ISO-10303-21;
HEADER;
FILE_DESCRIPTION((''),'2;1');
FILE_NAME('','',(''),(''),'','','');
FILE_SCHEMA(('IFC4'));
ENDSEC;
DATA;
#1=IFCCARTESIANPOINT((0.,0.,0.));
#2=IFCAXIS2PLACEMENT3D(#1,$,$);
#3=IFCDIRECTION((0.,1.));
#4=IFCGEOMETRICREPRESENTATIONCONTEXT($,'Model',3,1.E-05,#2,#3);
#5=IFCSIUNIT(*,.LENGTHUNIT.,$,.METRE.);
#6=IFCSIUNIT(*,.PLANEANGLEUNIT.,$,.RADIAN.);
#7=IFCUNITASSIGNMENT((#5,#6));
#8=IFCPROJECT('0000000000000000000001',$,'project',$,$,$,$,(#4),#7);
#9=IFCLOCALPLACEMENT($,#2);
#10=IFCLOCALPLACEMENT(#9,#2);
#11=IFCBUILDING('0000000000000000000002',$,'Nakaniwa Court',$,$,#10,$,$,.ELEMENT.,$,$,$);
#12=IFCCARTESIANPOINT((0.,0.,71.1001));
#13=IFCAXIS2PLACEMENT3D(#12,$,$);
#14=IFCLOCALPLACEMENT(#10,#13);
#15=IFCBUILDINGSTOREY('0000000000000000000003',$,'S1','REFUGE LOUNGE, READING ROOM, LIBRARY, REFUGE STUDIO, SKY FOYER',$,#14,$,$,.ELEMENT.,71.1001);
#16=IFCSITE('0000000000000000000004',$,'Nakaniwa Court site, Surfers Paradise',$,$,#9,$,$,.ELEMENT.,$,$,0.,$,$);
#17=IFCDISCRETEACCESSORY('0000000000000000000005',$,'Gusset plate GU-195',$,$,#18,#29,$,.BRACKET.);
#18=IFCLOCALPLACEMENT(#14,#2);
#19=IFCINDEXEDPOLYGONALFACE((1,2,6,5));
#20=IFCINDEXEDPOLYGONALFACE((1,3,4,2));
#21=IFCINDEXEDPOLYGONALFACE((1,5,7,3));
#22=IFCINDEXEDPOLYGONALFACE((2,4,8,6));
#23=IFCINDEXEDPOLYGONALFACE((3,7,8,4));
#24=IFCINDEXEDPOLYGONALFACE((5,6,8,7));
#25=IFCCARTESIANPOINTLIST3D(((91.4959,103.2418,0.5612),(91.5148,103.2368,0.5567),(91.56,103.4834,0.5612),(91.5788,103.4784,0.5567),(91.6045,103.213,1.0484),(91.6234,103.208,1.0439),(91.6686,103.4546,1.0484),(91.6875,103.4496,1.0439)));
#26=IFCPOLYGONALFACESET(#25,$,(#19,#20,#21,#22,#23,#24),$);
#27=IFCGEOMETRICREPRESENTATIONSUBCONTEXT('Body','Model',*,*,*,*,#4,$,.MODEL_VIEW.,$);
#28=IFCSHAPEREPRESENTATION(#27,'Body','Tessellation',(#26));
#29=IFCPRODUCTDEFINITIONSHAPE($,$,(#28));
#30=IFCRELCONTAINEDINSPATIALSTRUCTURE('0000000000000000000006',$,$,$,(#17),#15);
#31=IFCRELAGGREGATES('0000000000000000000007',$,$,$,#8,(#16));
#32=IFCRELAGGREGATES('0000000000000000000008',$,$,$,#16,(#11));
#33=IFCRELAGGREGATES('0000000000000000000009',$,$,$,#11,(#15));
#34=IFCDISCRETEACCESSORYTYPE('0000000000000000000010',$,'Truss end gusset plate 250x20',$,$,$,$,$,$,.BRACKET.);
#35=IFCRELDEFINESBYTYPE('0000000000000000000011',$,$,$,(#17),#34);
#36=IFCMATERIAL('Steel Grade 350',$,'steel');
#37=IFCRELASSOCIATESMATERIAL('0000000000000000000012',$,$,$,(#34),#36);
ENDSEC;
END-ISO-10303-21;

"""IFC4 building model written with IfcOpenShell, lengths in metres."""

from ifc_helpers import new_model, si_unit, direction, frame, origin, origin_2d, place, context, subcontext, project, spatial, rectangle, extrude, material, material_profile, profile_set, type_object, element, save


model = new_model("IFC4")

# Units and contexts
model_context = context("Model", 3, precision=1e-05, world=origin(), true_north=direction((0.0, 1.0)))
body_context = subcontext(model_context, "Body", "Model", "MODEL_VIEW")
ifc_project = project(units=[si_unit("LENGTHUNIT", "METRE"), si_unit("PLANEANGLEUNIT", "RADIAN")], contexts=[model_context])

# Site, building, storey
site_placement = place(None, origin())
site = spatial("IfcSite", under=ifc_project, at=site_placement, Name="Nakaniwa Court site, Surfers Paradise", CompositionType="ELEMENT", RefElevation=0.0)
building_placement = place(site_placement, origin())
building = spatial("IfcBuilding", under=site, at=building_placement, Name="Nakaniwa Court", CompositionType="ELEMENT")
storey_placement = place(building_placement, frame((0.0, 0.0, 71.1001)))
storey = spatial("IfcBuildingStorey", under=building, at=storey_placement, Name="S1", Description="REFUGE LOUNGE, READING ROOM, LIBRARY, REFUGE STUDIO, SKY FOYER", CompositionType="ELEMENT", Elevation=71.1001)

# Shared definitions
ifc_material_1 = material(Name="Steel Grade 350", Category="steel")

# Discrete accessory
ifc_material_profile_1 = material_profile(ifc_material_1, rectangle(XDim=0.25, YDim=0.02, at=origin_2d()), Name="Truss end gusset plate 250x20")
ifc_profile_set_1 = profile_set([ifc_material_profile_1], Name="Steel Grade 350")
discrete_accessory_type = type_object("IfcDiscreteAccessoryType", Name="Truss end gusset plate 250x20", PredefinedType="BRACKET", material=ifc_profile_set_1)
for number, where, z_axis, x_axis, name in (
    (1, (91.646, 103.3313, 1.0461), (-0.217242, 0.057606, -0.974416), (-0.25631, -0.966595, 0.0), "Gusset plate GU-195"),
):
    element("IfcDiscreteAccessory", number, at=place(storey_placement, frame(where, z_axis=z_axis, x_axis=x_axis)), inside=storey, type_object=discrete_accessory_type, Name=name, PredefinedType="BRACKET", context=body_context, shape_type="SweptSolid", body=[
        extrude(rectangle(XDim=0.25, YDim=0.02, at=origin_2d()), origin(), (0.0, 0.0, 1.0), 0.5),
    ])

save(model, "model.ifc")
